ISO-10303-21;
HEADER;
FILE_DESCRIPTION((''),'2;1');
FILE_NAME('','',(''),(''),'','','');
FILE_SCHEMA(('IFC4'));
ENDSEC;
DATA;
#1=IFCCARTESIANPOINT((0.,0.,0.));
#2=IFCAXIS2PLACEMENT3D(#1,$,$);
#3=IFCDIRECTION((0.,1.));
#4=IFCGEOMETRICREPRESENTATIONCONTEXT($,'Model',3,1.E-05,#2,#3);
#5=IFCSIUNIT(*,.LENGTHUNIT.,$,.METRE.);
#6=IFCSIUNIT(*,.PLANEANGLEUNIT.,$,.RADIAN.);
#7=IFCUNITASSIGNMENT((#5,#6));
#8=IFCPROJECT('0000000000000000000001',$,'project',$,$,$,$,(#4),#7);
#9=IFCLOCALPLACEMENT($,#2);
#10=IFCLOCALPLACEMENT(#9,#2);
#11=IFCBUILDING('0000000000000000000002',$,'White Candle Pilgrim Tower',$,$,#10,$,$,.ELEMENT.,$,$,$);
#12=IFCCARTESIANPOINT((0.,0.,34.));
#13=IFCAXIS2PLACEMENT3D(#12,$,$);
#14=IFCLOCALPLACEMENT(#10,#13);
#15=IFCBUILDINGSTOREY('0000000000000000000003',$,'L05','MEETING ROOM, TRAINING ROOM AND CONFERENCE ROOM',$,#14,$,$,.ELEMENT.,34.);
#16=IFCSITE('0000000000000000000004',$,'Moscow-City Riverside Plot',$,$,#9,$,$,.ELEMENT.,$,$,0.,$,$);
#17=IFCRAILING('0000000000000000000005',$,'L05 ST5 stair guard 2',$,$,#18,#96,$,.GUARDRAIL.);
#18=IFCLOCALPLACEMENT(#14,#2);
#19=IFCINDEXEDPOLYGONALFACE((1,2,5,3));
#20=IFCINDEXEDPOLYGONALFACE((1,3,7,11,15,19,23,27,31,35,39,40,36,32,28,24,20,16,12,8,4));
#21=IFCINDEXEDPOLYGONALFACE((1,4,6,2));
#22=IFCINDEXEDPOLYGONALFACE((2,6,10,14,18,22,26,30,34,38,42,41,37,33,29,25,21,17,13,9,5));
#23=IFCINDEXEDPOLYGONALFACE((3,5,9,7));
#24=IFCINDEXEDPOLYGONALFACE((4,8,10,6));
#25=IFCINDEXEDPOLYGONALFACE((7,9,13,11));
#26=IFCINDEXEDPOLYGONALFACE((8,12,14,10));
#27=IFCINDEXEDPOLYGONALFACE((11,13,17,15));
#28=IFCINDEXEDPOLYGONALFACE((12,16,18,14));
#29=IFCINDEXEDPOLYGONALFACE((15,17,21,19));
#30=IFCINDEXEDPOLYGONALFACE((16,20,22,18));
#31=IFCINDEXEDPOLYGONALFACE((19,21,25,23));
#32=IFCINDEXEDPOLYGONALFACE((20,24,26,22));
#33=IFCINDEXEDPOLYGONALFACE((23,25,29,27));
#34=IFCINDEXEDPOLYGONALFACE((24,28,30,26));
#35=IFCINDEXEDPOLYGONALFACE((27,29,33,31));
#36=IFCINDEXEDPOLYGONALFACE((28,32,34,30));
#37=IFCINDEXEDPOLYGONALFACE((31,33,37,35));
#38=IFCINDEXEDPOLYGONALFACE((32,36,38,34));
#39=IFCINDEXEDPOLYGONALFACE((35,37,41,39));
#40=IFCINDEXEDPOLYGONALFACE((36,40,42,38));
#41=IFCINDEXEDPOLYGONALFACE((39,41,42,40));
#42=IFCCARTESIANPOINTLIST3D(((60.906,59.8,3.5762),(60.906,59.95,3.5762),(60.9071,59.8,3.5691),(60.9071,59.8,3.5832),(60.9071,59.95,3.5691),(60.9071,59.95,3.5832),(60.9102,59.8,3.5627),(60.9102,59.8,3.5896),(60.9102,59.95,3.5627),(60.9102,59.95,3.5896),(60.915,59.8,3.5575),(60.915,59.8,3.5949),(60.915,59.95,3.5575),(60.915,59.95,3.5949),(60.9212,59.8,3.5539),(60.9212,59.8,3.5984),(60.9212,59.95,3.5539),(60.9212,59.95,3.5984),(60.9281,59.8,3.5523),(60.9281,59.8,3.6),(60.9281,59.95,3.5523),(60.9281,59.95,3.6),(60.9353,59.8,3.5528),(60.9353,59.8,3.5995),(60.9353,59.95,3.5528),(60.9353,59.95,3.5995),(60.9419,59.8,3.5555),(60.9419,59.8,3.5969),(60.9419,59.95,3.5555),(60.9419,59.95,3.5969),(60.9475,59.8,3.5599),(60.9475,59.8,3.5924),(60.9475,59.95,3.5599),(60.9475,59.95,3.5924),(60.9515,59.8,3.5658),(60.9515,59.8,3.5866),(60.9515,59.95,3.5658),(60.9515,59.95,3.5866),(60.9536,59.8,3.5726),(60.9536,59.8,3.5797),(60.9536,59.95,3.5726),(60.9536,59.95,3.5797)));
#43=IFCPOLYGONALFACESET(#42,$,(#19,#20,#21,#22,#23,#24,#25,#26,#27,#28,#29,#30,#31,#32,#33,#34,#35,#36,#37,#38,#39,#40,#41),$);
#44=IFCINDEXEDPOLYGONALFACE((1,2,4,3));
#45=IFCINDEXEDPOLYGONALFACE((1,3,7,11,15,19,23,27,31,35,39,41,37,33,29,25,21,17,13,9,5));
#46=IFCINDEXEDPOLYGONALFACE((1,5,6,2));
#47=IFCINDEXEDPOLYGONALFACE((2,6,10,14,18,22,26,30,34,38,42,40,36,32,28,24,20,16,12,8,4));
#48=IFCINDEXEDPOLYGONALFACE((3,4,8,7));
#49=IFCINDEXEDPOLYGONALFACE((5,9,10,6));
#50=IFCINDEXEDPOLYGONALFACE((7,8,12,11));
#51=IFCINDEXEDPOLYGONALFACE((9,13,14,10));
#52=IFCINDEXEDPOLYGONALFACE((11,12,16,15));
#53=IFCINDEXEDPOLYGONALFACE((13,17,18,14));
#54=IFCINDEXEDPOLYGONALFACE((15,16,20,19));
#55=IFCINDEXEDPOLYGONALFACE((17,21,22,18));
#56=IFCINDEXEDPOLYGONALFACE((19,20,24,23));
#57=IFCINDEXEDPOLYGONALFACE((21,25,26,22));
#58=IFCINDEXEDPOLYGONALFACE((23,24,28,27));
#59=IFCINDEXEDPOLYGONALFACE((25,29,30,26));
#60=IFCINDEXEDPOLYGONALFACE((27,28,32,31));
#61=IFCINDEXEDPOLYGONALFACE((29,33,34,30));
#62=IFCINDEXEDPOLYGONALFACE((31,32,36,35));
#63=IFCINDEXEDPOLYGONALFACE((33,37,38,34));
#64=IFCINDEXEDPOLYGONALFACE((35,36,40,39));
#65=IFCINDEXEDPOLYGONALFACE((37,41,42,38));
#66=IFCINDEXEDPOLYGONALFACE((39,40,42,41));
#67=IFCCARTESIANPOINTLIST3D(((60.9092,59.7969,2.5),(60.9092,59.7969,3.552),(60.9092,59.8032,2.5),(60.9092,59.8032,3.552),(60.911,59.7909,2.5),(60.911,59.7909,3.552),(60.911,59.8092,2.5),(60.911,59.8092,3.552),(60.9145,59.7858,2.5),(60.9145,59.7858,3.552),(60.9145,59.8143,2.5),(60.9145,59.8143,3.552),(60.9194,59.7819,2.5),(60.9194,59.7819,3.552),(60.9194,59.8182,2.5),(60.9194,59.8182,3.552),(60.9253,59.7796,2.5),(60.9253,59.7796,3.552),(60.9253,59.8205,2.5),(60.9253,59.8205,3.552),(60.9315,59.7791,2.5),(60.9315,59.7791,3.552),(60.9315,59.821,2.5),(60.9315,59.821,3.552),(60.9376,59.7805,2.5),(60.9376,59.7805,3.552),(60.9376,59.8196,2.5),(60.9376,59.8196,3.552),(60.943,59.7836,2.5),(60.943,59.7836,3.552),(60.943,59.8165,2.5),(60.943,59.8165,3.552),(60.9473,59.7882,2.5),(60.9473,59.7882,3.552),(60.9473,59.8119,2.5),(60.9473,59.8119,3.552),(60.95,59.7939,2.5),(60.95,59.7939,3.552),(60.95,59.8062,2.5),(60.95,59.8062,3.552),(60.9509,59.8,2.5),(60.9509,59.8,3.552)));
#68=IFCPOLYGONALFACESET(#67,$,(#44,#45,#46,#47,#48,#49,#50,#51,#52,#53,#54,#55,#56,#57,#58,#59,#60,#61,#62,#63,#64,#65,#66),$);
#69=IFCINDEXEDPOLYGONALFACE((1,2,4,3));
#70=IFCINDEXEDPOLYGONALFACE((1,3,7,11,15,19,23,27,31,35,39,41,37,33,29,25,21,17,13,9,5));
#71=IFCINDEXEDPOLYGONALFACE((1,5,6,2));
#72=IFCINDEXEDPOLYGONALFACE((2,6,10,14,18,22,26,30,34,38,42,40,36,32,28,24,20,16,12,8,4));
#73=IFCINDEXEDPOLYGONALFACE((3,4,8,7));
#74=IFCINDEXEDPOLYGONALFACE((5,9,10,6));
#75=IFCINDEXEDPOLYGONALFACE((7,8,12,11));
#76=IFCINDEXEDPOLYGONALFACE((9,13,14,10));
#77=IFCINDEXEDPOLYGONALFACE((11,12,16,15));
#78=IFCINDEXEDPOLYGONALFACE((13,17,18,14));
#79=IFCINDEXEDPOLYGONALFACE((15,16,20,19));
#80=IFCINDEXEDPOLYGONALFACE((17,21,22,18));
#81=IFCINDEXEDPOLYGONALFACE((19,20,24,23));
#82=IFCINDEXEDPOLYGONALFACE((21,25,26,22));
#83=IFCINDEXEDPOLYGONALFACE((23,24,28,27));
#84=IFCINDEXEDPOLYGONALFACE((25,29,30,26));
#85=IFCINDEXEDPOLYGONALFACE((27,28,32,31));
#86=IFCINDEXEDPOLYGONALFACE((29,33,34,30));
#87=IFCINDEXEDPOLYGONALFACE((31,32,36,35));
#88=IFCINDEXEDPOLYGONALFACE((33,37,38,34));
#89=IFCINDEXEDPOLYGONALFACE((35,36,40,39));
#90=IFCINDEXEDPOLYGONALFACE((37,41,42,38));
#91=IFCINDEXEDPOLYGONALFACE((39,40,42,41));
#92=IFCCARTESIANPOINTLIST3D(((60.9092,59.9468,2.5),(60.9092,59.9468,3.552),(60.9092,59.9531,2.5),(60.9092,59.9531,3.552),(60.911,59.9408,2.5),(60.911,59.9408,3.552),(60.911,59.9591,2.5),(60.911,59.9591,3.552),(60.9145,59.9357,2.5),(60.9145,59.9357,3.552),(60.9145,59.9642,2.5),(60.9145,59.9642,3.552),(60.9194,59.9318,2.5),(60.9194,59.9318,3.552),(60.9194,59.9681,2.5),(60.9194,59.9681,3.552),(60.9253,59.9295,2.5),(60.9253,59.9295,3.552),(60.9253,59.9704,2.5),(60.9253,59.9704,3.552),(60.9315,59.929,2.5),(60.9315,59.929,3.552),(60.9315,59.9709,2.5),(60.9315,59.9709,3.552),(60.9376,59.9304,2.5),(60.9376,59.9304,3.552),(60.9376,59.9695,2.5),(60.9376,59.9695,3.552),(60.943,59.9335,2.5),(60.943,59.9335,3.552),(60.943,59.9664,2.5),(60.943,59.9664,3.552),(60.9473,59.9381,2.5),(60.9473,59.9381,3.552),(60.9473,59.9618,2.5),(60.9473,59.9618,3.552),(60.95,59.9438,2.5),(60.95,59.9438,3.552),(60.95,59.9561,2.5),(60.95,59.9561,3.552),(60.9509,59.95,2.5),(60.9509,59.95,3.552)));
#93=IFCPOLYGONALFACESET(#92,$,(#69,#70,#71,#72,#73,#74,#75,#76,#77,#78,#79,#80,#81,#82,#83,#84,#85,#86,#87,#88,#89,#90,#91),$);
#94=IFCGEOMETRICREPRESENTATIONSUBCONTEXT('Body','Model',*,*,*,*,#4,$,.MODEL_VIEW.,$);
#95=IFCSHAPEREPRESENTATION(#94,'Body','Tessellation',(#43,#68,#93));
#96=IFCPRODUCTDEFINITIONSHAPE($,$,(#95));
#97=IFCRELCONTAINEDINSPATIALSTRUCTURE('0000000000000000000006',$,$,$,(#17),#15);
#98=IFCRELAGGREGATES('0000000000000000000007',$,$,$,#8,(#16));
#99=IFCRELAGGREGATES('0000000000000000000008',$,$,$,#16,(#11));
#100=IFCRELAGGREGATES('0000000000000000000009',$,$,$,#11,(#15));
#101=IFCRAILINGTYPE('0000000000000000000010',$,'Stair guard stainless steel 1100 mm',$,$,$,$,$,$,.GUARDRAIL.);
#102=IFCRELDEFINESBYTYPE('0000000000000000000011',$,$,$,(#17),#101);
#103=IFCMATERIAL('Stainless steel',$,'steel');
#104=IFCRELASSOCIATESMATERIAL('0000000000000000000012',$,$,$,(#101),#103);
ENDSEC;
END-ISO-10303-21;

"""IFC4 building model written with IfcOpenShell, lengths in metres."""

from ifc_helpers import new_model, si_unit, direction, frame, origin, origin_2d, place, context, subcontext, project, spatial, circle, extrude, material, type_object, element, save


model = new_model("IFC4")

# Units and contexts
model_context = context("Model", 3, precision=1e-05, world=origin(), true_north=direction((0.0, 1.0)))
body_context = subcontext(model_context, "Body", "Model", "MODEL_VIEW")
ifc_project = project(units=[si_unit("LENGTHUNIT", "METRE"), si_unit("PLANEANGLEUNIT", "RADIAN")], contexts=[model_context])

# Site, building, storey
site_placement = place(None, origin())
site = spatial("IfcSite", under=ifc_project, at=site_placement, Name="Moscow-City Riverside Plot", CompositionType="ELEMENT", RefElevation=0.0)
building_placement = place(site_placement, origin())
building = spatial("IfcBuilding", under=site, at=building_placement, Name="White Candle Pilgrim Tower", CompositionType="ELEMENT")
storey_placement = place(building_placement, frame((0.0, 0.0, 34.0)))
storey = spatial("IfcBuildingStorey", under=building, at=storey_placement, Name="L05", Description="MEETING ROOM, TRAINING ROOM AND CONFERENCE ROOM", CompositionType="ELEMENT", Elevation=34.0)

# Railing
ifc_material_1 = material(Name="Stainless steel", Category="steel")
railing_type_1 = type_object("IfcRailingType", Name="Stair guard stainless steel 1100 mm", PredefinedType="GUARDRAIL", material=ifc_material_1)
railing_1_placement = place(storey_placement, frame((60.9299, 59.8, 2.5)))
element("IfcRailing", 1, at=railing_1_placement, inside=storey, type_object=railing_type_1, Name="L05 ST5 stair guard 2", PredefinedType="GUARDRAIL", context=body_context, shape_type="SweptSolid", body=[
    extrude(circle(Radius=0.0239, at=origin_2d()), frame((0.0, 0.0, 1.0762), z_axis=(0.0, 1.0, 0.0), x_axis=(-1.0, 0.0, 0.0)), (0.0, 0.0, 1.0), 0.1499),
    extrude(circle(Radius=0.021, at=origin_2d()), origin(), (0.0, 0.0, 1.0), 1.052),
    extrude(circle(Radius=0.021, at=origin_2d()), frame((0.0, 0.1499, 0.0)), (0.0, 0.0, 1.0), 1.052),
])

save(model, "model.ifc")
